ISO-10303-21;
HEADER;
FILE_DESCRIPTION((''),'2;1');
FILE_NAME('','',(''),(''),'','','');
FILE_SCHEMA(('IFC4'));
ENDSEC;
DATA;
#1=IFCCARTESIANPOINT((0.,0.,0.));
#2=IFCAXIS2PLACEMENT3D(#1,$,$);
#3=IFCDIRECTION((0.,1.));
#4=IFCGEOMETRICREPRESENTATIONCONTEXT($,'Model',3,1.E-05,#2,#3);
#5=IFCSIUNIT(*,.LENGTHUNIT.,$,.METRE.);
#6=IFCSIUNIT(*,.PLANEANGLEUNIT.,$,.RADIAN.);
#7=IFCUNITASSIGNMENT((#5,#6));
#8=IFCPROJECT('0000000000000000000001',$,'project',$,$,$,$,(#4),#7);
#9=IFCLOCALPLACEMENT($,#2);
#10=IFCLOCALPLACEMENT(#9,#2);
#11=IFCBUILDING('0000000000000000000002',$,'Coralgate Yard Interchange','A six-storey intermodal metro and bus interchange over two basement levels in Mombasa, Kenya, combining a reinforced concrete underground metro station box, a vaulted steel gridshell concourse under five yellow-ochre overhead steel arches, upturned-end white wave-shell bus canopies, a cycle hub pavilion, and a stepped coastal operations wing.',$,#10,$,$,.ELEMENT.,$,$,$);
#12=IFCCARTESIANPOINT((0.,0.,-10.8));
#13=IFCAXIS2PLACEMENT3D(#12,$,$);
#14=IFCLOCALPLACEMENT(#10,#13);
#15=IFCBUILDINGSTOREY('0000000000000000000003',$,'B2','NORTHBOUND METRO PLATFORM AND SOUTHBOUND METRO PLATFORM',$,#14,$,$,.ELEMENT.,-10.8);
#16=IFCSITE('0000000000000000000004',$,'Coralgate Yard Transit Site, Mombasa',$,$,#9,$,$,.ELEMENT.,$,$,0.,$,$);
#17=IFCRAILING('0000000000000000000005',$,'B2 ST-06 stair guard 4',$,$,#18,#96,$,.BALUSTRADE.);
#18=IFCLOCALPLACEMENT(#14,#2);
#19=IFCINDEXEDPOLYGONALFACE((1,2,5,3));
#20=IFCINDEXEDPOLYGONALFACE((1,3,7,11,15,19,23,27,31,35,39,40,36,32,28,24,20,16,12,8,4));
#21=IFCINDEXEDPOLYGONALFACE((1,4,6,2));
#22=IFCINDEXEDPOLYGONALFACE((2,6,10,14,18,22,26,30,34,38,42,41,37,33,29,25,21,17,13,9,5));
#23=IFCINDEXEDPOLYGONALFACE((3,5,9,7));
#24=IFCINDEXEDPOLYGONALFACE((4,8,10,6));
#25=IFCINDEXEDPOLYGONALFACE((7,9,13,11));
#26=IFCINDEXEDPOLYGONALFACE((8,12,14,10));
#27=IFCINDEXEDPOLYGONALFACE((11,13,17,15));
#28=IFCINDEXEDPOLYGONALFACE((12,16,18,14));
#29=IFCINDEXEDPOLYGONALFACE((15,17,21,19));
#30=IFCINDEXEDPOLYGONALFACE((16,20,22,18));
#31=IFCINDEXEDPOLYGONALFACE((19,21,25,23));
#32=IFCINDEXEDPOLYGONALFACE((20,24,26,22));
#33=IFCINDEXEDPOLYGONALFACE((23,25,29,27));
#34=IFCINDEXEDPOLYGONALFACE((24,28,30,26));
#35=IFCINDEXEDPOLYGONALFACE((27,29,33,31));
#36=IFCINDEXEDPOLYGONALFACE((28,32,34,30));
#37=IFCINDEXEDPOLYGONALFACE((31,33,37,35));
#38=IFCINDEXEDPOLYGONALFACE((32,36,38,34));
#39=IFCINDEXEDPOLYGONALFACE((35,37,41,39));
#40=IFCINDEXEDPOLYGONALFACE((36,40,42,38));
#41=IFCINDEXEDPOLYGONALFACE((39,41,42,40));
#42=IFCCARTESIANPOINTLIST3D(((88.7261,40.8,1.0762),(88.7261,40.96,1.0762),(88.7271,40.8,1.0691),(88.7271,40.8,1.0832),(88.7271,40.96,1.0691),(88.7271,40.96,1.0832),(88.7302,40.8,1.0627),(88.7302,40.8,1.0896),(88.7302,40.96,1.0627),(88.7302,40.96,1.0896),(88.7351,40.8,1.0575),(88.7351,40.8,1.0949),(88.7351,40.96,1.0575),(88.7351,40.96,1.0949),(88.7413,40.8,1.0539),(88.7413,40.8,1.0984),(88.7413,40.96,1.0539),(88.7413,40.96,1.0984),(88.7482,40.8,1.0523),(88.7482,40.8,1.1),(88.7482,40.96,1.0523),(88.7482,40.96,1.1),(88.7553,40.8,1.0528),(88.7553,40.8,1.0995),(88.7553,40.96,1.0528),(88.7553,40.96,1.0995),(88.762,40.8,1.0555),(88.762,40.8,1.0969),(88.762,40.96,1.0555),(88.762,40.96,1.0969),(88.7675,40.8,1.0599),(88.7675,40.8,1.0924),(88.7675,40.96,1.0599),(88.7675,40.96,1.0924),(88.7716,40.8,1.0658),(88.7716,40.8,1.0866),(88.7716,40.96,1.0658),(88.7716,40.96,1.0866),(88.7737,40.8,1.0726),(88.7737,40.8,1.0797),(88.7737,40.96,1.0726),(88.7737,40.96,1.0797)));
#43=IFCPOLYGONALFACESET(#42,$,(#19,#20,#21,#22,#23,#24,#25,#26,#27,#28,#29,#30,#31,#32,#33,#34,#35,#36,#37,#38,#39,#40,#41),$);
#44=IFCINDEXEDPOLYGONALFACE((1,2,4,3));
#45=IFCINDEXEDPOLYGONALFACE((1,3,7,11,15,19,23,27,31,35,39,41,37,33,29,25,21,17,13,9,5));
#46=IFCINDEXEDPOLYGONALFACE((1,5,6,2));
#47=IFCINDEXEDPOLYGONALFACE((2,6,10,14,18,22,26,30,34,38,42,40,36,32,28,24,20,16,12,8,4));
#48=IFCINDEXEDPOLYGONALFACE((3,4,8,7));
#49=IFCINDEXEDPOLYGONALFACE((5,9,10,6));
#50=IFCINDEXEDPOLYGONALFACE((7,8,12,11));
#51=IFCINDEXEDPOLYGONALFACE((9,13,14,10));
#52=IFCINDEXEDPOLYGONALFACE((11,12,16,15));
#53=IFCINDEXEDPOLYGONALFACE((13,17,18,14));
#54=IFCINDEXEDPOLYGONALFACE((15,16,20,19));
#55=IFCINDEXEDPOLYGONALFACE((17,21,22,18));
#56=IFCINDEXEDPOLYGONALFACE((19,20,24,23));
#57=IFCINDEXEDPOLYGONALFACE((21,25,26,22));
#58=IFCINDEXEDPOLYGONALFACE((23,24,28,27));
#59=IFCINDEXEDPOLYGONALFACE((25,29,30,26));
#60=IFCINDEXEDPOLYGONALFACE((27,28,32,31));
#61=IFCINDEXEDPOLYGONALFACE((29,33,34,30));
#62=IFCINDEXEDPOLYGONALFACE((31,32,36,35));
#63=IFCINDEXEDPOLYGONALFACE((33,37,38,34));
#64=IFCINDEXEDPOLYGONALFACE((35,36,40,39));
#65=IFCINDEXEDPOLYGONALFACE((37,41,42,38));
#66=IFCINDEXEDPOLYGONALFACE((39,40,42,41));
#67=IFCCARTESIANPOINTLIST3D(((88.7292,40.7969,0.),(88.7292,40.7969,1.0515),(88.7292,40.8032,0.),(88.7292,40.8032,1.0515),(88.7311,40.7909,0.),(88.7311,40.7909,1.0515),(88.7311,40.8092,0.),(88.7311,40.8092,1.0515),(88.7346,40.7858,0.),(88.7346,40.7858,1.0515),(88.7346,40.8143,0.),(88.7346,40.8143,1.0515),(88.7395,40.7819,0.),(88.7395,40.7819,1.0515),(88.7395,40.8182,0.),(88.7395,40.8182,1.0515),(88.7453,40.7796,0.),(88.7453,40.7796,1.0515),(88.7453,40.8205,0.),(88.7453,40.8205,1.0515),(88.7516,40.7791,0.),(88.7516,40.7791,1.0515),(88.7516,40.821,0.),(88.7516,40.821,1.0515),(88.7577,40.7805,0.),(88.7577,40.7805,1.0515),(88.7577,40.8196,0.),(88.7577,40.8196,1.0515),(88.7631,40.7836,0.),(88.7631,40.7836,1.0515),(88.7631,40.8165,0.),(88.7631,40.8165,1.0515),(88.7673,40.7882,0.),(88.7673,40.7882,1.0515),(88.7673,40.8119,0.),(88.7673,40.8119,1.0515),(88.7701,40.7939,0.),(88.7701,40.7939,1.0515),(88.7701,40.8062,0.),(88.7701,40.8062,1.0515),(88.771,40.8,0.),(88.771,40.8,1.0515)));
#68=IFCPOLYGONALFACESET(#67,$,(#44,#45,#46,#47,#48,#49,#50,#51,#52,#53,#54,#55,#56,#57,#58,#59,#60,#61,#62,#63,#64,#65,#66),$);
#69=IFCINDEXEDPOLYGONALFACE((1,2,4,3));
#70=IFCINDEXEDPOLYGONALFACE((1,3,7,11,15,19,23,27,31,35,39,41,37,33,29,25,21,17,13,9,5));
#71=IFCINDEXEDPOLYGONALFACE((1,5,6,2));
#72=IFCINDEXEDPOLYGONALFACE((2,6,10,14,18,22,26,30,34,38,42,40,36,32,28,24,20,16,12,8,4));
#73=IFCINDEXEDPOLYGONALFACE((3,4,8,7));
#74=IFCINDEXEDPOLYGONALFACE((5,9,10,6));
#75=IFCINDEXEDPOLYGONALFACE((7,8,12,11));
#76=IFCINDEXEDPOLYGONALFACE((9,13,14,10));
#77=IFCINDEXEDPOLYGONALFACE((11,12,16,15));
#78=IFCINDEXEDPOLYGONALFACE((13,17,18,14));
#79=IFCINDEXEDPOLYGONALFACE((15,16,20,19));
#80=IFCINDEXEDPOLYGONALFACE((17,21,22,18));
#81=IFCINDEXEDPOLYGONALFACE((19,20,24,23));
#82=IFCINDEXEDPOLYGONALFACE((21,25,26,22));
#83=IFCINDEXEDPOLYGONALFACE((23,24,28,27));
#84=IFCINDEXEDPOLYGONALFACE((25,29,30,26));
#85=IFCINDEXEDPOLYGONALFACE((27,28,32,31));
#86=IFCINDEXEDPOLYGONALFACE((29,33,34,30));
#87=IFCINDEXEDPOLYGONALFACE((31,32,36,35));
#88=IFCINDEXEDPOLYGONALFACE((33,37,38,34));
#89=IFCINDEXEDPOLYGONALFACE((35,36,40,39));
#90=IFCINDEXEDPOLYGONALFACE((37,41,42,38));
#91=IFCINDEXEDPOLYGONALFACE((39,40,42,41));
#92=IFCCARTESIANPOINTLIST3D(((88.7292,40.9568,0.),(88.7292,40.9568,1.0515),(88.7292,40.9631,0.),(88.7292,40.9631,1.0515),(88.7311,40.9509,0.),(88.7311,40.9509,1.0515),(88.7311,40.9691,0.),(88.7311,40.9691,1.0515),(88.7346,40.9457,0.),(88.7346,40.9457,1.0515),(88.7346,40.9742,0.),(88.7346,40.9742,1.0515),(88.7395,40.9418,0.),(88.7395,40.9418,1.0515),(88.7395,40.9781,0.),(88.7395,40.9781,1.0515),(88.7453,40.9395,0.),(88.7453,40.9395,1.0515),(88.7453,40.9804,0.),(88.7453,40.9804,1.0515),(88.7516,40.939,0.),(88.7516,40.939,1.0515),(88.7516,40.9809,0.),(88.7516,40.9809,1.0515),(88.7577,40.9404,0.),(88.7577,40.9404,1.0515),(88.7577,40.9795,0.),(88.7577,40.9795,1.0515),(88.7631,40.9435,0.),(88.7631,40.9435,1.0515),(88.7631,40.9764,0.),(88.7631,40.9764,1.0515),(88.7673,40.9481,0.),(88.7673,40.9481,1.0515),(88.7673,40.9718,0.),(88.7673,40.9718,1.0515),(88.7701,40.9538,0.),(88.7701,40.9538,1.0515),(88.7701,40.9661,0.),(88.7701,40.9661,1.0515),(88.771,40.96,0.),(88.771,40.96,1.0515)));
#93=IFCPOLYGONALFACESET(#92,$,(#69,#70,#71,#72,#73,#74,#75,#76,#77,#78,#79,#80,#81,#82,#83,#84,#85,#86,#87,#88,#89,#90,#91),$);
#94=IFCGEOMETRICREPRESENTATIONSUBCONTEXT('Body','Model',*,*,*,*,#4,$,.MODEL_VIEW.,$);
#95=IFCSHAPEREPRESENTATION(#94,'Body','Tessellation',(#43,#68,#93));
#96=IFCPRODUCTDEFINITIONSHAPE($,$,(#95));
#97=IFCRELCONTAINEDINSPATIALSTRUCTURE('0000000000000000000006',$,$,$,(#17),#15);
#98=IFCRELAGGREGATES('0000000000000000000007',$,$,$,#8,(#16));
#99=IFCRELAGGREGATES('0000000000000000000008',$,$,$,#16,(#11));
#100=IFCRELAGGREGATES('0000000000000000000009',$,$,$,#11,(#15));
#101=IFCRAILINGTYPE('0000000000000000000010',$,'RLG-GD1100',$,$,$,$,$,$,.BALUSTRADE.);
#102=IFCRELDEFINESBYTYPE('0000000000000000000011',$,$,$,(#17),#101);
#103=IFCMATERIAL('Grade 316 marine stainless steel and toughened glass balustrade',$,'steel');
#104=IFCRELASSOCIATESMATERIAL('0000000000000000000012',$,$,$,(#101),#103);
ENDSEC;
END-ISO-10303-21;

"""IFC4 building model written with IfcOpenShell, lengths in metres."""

from ifc_helpers import new_model, si_unit, direction, frame, origin, origin_2d, place, context, subcontext, project, spatial, circle, extrude, material, type_object, element, save


model = new_model("IFC4")

# Units and contexts
model_context = context("Model", 3, precision=1e-05, world=origin(), true_north=direction((0.0, 1.0)))
body_context = subcontext(model_context, "Body", "Model", "MODEL_VIEW")
ifc_project = project(units=[si_unit("LENGTHUNIT", "METRE"), si_unit("PLANEANGLEUNIT", "RADIAN")], contexts=[model_context])

# Site, building, storey
site_placement = place(None, origin())
site = spatial("IfcSite", under=ifc_project, at=site_placement, Name="Coralgate Yard Transit Site, Mombasa", CompositionType="ELEMENT", RefElevation=0.0)
building_placement = place(site_placement, origin())
building = spatial("IfcBuilding", under=site, at=building_placement, Name="Coralgate Yard Interchange", Description="A six-storey intermodal metro and bus interchange over two basement levels in Mombasa, Kenya, combining a reinforced concrete underground metro station box, a vaulted steel gridshell concourse under five yellow-ochre overhead steel arches, upturned-end white wave-shell bus canopies, a cycle hub pavilion, and a stepped coastal operations wing.", CompositionType="ELEMENT")
storey_placement = place(building_placement, frame((0.0, 0.0, -10.8)))
storey = spatial("IfcBuildingStorey", under=building, at=storey_placement, Name="B2", Description="NORTHBOUND METRO PLATFORM AND SOUTHBOUND METRO PLATFORM", CompositionType="ELEMENT", Elevation=-10.8)

# Railing
ifc_material_1 = material(Name="Grade 316 marine stainless steel and toughened glass balustrade", Category="steel")
railing_type_1 = type_object("IfcRailingType", Name="RLG-GD1100", PredefinedType="BALUSTRADE", material=ifc_material_1)
railing_1_placement = place(storey_placement, frame((88.75, 40.8, 0.0)))
element("IfcRailing", 1, at=railing_1_placement, inside=storey, type_object=railing_type_1, Name="B2 ST-06 stair guard 4", PredefinedType="BALUSTRADE", context=body_context, shape_type="SweptSolid", body=[
    extrude(circle(Radius=0.0239, at=origin_2d()), frame((0.0, 0.0, 1.0762), z_axis=(0.0, 1.0, 0.0), x_axis=(-1.0, 0.0, 0.0)), (0.0, 0.0, 1.0), 0.1599),
    extrude(circle(Radius=0.021, at=origin_2d()), origin(), (0.0, 0.0, 1.0), 1.0515),
    extrude(circle(Radius=0.021, at=origin_2d()), frame((0.0, 0.1599, 0.0)), (0.0, 0.0, 1.0), 1.0515),
])

save(model, "model.ifc")
